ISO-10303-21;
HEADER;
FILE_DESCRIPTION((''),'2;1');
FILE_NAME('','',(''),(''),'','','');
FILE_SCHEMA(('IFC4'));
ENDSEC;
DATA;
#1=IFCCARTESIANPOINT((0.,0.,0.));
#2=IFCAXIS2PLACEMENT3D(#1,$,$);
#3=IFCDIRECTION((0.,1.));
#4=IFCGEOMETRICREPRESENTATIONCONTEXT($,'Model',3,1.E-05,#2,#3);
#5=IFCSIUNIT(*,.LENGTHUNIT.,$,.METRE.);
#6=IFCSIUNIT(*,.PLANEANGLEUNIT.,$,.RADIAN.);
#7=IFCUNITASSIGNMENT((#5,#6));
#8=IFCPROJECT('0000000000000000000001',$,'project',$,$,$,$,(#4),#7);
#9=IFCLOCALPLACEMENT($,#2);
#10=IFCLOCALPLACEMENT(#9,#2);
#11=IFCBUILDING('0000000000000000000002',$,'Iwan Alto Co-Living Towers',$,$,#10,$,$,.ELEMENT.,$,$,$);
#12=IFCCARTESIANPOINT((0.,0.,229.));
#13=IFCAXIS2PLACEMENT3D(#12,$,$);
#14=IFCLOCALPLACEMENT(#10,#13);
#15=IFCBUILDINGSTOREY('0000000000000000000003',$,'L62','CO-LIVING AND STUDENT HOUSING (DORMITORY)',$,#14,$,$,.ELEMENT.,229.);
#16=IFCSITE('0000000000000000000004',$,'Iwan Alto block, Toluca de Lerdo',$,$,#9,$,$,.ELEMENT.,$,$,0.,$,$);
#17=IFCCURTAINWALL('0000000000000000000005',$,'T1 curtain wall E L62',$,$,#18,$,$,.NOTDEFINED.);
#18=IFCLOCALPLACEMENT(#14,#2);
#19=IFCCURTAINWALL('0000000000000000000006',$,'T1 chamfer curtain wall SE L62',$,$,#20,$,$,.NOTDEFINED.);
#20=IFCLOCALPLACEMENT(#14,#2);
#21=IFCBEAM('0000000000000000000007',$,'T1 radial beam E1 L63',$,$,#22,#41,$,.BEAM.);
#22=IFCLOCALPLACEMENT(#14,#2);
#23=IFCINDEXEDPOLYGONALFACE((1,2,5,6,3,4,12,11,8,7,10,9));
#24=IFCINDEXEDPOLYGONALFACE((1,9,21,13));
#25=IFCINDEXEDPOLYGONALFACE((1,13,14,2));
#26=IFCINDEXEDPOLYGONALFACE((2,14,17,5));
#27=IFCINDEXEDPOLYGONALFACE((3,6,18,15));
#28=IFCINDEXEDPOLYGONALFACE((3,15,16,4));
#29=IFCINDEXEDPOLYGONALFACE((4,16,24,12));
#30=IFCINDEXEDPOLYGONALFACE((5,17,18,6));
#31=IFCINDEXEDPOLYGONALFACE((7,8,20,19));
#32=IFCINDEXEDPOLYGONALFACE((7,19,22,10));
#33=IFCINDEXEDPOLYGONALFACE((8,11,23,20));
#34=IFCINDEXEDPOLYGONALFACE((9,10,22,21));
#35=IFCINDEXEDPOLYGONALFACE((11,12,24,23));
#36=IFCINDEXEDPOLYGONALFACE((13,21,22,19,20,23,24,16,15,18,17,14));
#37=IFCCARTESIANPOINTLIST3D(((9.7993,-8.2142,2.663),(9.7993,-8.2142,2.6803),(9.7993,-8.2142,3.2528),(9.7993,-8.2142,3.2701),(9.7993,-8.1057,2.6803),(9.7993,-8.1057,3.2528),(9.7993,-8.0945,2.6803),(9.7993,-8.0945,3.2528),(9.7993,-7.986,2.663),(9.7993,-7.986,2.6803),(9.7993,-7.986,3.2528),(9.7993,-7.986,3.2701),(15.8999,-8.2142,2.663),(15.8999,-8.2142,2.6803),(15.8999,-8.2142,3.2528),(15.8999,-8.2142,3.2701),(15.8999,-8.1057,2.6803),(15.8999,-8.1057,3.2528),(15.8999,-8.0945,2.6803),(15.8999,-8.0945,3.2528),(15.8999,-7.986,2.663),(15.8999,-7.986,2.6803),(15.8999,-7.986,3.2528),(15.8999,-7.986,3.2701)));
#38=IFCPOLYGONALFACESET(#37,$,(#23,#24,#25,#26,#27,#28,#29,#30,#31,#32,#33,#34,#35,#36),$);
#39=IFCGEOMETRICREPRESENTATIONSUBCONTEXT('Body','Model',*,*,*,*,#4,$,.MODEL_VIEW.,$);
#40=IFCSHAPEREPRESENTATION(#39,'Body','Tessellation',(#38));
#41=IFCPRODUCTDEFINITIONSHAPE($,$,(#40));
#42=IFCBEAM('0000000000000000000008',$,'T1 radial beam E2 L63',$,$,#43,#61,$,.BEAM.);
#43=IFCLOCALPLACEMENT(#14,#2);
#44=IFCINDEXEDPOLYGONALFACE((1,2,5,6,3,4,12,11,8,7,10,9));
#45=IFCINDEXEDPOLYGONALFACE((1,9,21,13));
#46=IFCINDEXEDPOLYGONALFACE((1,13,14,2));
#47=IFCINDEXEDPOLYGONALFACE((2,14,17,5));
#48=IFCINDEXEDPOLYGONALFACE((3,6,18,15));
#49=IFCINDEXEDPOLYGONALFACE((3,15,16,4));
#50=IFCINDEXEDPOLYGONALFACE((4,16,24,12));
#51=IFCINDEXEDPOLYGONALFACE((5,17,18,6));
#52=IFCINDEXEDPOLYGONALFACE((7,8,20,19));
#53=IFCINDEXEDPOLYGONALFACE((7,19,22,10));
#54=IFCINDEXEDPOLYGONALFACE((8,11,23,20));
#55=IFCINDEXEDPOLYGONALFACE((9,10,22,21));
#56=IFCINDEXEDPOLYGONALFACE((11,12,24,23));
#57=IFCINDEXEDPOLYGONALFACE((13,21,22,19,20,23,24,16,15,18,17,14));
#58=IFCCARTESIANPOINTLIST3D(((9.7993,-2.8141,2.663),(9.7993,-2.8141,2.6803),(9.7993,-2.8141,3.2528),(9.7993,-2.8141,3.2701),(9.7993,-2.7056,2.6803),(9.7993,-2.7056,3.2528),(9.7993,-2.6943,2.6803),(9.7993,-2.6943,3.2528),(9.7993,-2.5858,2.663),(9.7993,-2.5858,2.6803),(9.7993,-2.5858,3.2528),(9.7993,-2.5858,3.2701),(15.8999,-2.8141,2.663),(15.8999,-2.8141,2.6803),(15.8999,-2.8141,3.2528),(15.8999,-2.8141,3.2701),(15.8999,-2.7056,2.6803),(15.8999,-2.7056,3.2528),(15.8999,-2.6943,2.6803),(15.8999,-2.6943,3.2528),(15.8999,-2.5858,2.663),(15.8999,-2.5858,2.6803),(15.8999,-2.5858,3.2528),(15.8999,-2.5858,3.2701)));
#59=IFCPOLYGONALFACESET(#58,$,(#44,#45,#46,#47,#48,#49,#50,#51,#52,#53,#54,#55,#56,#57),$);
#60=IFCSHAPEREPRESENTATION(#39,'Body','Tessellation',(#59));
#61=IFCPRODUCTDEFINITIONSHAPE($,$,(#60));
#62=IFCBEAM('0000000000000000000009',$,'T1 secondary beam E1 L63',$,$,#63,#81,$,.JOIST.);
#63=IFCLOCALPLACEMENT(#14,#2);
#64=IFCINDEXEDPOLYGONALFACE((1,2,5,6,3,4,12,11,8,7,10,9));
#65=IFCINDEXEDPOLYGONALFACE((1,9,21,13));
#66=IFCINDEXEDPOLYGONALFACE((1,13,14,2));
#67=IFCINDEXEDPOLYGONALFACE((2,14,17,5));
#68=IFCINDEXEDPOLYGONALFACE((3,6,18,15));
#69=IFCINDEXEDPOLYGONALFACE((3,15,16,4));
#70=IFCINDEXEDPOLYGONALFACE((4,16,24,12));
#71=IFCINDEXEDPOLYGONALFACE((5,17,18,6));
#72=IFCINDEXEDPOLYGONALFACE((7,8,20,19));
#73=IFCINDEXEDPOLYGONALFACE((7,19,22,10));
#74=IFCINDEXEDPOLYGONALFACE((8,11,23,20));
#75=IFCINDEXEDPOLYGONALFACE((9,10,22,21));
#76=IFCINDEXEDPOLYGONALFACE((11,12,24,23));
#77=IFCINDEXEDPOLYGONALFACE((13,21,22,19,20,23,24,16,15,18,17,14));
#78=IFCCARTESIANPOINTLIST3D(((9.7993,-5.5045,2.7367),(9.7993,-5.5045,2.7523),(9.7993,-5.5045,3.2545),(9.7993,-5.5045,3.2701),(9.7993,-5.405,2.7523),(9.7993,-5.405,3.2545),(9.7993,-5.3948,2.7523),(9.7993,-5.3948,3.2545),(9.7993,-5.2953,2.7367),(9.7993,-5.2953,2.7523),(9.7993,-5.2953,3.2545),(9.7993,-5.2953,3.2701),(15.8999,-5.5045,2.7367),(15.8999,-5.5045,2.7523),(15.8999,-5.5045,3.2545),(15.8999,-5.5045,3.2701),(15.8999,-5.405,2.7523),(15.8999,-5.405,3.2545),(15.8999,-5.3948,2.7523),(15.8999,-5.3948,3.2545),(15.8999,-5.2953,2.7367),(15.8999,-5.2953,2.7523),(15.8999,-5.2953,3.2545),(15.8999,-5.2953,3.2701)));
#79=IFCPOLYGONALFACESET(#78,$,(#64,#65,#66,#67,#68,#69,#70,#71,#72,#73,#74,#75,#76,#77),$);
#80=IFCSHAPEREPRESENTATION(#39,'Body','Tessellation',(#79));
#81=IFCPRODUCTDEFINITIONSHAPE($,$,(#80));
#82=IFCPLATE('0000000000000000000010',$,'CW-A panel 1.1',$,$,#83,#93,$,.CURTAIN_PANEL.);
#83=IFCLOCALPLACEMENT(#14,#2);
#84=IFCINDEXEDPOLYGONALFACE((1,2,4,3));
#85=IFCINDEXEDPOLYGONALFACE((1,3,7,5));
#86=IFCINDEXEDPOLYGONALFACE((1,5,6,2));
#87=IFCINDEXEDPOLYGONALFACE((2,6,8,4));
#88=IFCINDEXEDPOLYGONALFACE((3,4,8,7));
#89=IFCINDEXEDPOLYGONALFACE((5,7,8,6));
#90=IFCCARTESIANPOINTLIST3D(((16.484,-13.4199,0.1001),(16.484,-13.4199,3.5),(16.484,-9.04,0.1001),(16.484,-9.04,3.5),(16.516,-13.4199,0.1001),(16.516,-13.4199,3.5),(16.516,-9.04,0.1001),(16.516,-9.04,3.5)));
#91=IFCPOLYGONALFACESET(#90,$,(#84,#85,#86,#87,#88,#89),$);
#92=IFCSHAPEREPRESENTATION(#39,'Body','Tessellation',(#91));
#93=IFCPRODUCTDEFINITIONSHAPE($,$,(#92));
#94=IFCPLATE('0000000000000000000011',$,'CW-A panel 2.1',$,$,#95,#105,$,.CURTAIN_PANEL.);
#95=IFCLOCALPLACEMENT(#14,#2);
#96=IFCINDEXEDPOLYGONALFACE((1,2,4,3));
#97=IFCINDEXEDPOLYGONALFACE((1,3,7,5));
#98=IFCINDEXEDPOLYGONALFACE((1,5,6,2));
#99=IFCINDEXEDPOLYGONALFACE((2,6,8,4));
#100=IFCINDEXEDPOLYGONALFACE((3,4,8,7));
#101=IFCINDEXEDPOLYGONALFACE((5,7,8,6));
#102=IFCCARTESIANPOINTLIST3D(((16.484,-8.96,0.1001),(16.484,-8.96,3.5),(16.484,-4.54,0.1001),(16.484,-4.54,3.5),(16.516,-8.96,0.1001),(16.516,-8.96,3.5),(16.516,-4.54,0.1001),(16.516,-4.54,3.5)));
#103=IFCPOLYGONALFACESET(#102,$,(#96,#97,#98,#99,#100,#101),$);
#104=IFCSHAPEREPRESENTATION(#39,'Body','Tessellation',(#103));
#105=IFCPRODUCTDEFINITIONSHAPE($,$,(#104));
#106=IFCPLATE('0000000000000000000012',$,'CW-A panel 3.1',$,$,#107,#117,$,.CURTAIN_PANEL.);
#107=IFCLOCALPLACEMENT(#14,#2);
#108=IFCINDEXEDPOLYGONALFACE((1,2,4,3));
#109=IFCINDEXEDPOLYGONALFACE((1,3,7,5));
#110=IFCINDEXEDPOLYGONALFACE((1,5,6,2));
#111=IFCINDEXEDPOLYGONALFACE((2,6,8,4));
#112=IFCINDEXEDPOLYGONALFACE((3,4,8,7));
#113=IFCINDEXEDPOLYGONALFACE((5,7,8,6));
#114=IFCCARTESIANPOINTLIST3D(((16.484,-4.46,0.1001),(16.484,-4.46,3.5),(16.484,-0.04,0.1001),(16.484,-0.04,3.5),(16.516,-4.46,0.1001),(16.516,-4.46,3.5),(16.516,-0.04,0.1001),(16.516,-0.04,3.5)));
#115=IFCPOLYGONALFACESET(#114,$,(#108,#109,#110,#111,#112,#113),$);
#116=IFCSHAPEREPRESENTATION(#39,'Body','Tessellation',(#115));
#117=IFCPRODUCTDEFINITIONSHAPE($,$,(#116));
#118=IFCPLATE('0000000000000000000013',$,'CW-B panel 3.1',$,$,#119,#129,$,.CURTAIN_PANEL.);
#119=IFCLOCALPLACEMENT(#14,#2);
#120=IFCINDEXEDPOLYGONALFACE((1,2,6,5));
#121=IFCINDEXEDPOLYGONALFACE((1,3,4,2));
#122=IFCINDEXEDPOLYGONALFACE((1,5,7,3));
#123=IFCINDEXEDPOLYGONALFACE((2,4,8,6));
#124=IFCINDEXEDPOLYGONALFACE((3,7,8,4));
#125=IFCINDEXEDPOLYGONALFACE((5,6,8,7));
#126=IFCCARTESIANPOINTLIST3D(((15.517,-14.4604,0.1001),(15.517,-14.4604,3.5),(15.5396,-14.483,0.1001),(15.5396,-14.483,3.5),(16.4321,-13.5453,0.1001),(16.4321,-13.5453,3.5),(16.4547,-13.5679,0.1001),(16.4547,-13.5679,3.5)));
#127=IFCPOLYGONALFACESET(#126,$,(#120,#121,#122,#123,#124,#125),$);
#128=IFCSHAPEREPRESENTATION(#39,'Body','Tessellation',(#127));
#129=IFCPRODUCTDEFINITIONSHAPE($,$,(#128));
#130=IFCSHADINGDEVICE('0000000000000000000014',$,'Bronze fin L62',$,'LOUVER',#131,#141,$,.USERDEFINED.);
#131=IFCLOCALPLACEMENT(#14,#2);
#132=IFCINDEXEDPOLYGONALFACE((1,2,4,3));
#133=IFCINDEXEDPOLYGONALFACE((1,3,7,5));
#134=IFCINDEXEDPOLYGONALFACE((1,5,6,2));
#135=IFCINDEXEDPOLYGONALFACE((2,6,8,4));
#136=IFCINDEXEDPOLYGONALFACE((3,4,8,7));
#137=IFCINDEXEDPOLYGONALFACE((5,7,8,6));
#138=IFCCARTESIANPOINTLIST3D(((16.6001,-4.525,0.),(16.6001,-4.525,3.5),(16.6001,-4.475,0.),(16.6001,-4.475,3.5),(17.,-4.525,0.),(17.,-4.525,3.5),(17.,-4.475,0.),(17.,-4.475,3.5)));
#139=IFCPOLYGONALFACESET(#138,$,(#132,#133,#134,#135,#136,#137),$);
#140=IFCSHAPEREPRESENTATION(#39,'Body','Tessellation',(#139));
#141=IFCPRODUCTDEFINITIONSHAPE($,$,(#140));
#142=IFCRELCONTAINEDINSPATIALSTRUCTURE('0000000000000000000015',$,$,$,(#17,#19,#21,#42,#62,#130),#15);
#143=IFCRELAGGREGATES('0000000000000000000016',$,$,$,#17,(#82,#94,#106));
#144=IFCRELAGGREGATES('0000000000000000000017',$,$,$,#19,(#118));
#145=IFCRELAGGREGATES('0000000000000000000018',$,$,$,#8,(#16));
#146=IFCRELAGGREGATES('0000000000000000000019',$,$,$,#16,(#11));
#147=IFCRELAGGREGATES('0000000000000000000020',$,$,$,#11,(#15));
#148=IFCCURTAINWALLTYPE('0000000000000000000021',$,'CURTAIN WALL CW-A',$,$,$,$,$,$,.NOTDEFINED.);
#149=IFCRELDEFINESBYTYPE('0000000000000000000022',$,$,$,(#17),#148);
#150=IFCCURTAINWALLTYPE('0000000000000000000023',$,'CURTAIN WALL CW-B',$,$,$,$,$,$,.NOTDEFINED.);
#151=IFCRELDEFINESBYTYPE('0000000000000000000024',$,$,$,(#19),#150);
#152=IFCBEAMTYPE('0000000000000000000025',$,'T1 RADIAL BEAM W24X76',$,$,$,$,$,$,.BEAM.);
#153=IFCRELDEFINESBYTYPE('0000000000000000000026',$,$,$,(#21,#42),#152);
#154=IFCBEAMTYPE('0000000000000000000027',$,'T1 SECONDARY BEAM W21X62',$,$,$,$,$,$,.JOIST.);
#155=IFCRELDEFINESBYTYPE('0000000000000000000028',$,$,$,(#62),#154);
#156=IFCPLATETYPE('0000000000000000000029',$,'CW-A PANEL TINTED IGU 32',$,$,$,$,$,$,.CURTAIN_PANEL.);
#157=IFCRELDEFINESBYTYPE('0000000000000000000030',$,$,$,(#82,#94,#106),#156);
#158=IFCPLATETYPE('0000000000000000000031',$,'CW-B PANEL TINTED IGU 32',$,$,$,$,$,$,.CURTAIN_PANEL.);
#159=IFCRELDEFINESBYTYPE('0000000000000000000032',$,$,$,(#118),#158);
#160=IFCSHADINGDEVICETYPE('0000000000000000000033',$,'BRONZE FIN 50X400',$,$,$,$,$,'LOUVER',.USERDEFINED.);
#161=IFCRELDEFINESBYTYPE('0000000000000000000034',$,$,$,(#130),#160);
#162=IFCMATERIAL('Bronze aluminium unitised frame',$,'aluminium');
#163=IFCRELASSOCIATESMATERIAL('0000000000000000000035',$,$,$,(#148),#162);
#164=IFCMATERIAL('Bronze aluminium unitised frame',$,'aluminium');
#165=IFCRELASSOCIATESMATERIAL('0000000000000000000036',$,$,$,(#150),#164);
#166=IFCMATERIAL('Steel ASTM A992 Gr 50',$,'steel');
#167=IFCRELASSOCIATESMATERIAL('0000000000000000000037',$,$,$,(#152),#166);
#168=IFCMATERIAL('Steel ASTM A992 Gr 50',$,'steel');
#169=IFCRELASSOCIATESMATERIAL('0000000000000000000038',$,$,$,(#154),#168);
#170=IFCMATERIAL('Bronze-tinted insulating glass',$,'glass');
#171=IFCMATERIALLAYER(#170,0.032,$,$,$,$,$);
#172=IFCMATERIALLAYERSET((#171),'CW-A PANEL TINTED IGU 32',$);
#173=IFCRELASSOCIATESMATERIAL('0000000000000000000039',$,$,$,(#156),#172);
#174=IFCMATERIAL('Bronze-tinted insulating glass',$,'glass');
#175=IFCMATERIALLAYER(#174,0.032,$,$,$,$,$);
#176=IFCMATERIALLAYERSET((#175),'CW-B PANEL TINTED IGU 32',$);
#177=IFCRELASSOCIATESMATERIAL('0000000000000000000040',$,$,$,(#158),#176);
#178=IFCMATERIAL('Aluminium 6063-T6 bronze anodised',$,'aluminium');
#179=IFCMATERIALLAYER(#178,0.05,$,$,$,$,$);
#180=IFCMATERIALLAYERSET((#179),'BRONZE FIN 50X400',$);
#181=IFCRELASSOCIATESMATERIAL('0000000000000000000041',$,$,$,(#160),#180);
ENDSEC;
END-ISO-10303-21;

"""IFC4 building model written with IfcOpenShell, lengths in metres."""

from ifc_helpers import new_model, si_unit, direction, frame, origin, origin_2d, place, context, subcontext, project, spatial, rectangle, i_section, extrude, material, layer, layer_set, material_profile, profile_set, type_object, element, aggregate, save


model = new_model("IFC4")

# Units and contexts
model_context = context("Model", 3, precision=1e-05, world=origin(), true_north=direction((0.0, 1.0)))
body_context = subcontext(model_context, "Body", "Model", "MODEL_VIEW")
ifc_project = project(units=[si_unit("LENGTHUNIT", "METRE"), si_unit("PLANEANGLEUNIT", "RADIAN")], contexts=[model_context])

# Site, building, storey
site_placement = place(None, origin())
site = spatial("IfcSite", under=ifc_project, at=site_placement, Name="Iwan Alto block, Toluca de Lerdo", CompositionType="ELEMENT", RefElevation=0.0)
building_placement = place(site_placement, origin())
building = spatial("IfcBuilding", under=site, at=building_placement, Name="Iwan Alto Co-Living Towers", CompositionType="ELEMENT")
storey_placement = place(building_placement, frame((0.0, 0.0, 229.0)))
storey = spatial("IfcBuildingStorey", under=building, at=storey_placement, Name="L62", Description="CO-LIVING AND STUDENT HOUSING (DORMITORY)", CompositionType="ELEMENT", Elevation=229.0)

# Curtain wall
ifc_material_1 = material(Name="Bronze aluminium unitised frame", Category="aluminium")
curtain_wall_type_1 = type_object("IfcCurtainWallType", Name="CURTAIN WALL CW-A", PredefinedType="NOTDEFINED", material=ifc_material_1)
curtain_wall_1_placement = place(storey_placement, origin())
curtain_wall_1 = element("IfcCurtainWall", 1, at=curtain_wall_1_placement, inside=storey, type_object=curtain_wall_type_1, Name="T1 curtain wall E L62", PredefinedType="NOTDEFINED")

# Curtain wall
ifc_material_2 = material(Name="Bronze aluminium unitised frame", Category="aluminium")
curtain_wall_type_2 = type_object("IfcCurtainWallType", Name="CURTAIN WALL CW-B", PredefinedType="NOTDEFINED", material=ifc_material_2)
curtain_wall_2_placement = place(storey_placement, origin())
curtain_wall_2 = element("IfcCurtainWall", 2, at=curtain_wall_2_placement, inside=storey, type_object=curtain_wall_type_2, Name="T1 chamfer curtain wall SE L62", PredefinedType="NOTDEFINED")

# Beams
ifc_material_3 = material(Name="Steel ASTM A992 Gr 50", Category="steel")
ifc_material_profile_1 = material_profile(ifc_material_3, i_section(OverallWidth=0.2283, OverallDepth=0.6072, WebThickness=0.0112, FlangeThickness=0.0173, at=origin_2d()), Name="W24X76")
ifc_profile_set_1 = profile_set([ifc_material_profile_1], Name="Steel ASTM A992 Gr 50")
beam_type_1 = type_object("IfcBeamType", Name="T1 RADIAL BEAM W24X76", PredefinedType="BEAM", material=ifc_profile_set_1)
for number, where, z_axis, x_axis, name in (
    (3, (15.8999, -8.1001, 2.9666), (-1.0, 0.0, 0.0), (0.0, -1.0, 0.0), "T1 radial beam E1 L63"),
    (4, (15.8999, -2.7, 2.9666), (-1.0, 0.0, 0.0), (0.0, -1.0, 0.0), "T1 radial beam E2 L63"),
):
    element("IfcBeam", number, at=place(storey_placement, frame(where, z_axis=z_axis, x_axis=x_axis)), inside=storey, type_object=beam_type_1, Name=name, PredefinedType="BEAM", context=body_context, shape_type="SweptSolid", body=[
        extrude(i_section(OverallWidth=0.2283, OverallDepth=0.6072, WebThickness=0.0112, FlangeThickness=0.0173, at=origin_2d()), origin(), (0.0, 0.0, 1.0), 6.1006),
    ])
ifc_material_4 = material(Name="Steel ASTM A992 Gr 50", Category="steel")
ifc_material_profile_2 = material_profile(ifc_material_4, i_section(OverallWidth=0.2092, OverallDepth=0.5334, WebThickness=0.0103, FlangeThickness=0.0156, at=origin_2d()), Name="W21X62")
ifc_profile_set_2 = profile_set([ifc_material_profile_2], Name="Steel ASTM A992 Gr 50")
beam_type_2 = type_object("IfcBeamType", Name="T1 SECONDARY BEAM W21X62", PredefinedType="JOIST", material=ifc_profile_set_2)
beam_1_placement = place(storey_placement, frame((15.8999, -5.3999, 3.0034), z_axis=(-1.0, 0.0, 0.0), x_axis=(0.0, -1.0, 0.0)))
element("IfcBeam", 5, at=beam_1_placement, inside=storey, type_object=beam_type_2, Name="T1 secondary beam E1 L63", PredefinedType="JOIST", context=body_context, shape_type="SweptSolid", body=[
    extrude(i_section(OverallWidth=0.2092, OverallDepth=0.5334, WebThickness=0.0103, FlangeThickness=0.0156, at=origin_2d()), origin(), (0.0, 0.0, 1.0), 6.1006),
])

# Plates
ifc_material_5 = material(Name="Bronze-tinted insulating glass", Category="glass")
ifc_layer_1 = layer(ifc_material_5, 0.032)
ifc_layer_set_1 = layer_set([ifc_layer_1], Name="CW-A PANEL TINTED IGU 32")
plate_type_1 = type_object("IfcPlateType", Name="CW-A PANEL TINTED IGU 32", PredefinedType="CURTAIN_PANEL", material=ifc_layer_set_1)
plate_1_placement = place(storey_placement, frame((16.5, -11.23, 0.1001), z_axis=(0.0, 0.0, 1.0), x_axis=(0.0, 1.0, 0.0)))
plate_1 = element("IfcPlate", 6, at=plate_1_placement, type_object=plate_type_1, Name="CW-A panel 1.1", PredefinedType="CURTAIN_PANEL", context=body_context, shape_type="SweptSolid", body=[
    extrude(rectangle(XDim=4.3799, YDim=0.032, at=origin_2d()), origin(), (0.0, 0.0, 1.0), 3.3999),
])
plate_2_placement = place(storey_placement, frame((16.5, -6.75, 0.1001), z_axis=(0.0, 0.0, 1.0), x_axis=(0.0, 1.0, 0.0)))
plate_2 = element("IfcPlate", 7, at=plate_2_placement, type_object=plate_type_1, Name="CW-A panel 2.1", PredefinedType="CURTAIN_PANEL", context=body_context, shape_type="SweptSolid", body=[
    extrude(rectangle(XDim=4.4199, YDim=0.032, at=origin_2d()), origin(), (0.0, 0.0, 1.0), 3.3999),
])
plate_3_placement = place(storey_placement, frame((16.5, -2.25, 0.1001), z_axis=(0.0, 0.0, 1.0), x_axis=(0.0, 1.0, 0.0)))
plate_3 = element("IfcPlate", 8, at=plate_3_placement, type_object=plate_type_1, Name="CW-A panel 3.1", PredefinedType="CURTAIN_PANEL", context=body_context, shape_type="SweptSolid", body=[
    extrude(rectangle(XDim=4.4199, YDim=0.032, at=origin_2d()), origin(), (0.0, 0.0, 1.0), 3.3999),
])
aggregate(curtain_wall_1, [plate_1, plate_2, plate_3])
ifc_material_6 = material(Name="Bronze-tinted insulating glass", Category="glass")
ifc_layer_2 = layer(ifc_material_6, 0.032)
ifc_layer_set_2 = layer_set([ifc_layer_2], Name="CW-B PANEL TINTED IGU 32")
plate_type_2 = type_object("IfcPlateType", Name="CW-B PANEL TINTED IGU 32", PredefinedType="CURTAIN_PANEL", material=ifc_layer_set_2)
plate_4_placement = place(storey_placement, frame((15.9858, -14.0142, 0.1001), z_axis=(0.0, 0.0, 1.0), x_axis=(0.707107, 0.707107, 0.0)))
plate_4 = element("IfcPlate", 9, at=plate_4_placement, type_object=plate_type_2, Name="CW-B panel 3.1", PredefinedType="CURTAIN_PANEL", context=body_context, shape_type="SweptSolid", body=[
    extrude(rectangle(XDim=1.2942, YDim=0.032, at=origin_2d()), origin(), (0.0, 0.0, 1.0), 3.3999),
])
aggregate(curtain_wall_2, [plate_4])

# Shading device
ifc_material_7 = material(Name="Aluminium 6063-T6 bronze anodised", Category="aluminium")
ifc_layer_3 = layer(ifc_material_7, 0.05)
ifc_layer_set_3 = layer_set([ifc_layer_3], Name="BRONZE FIN 50X400")
shading_device_type = type_object("IfcShadingDeviceType", Name="BRONZE FIN 50X400", ElementType="LOUVER", PredefinedType="USERDEFINED", material=ifc_layer_set_3)
shading_device_placement = place(storey_placement, frame((16.8, -4.5, 0.0), z_axis=(0.0, 0.0, 1.0), x_axis=(0.0, 1.0, 0.0)))
element("IfcShadingDevice", 10, at=shading_device_placement, inside=storey, type_object=shading_device_type, Name="Bronze fin L62", ObjectType="LOUVER", PredefinedType="USERDEFINED", context=body_context, shape_type="SweptSolid", body=[
    extrude(rectangle(XDim=0.05, YDim=0.3999, at=origin_2d()), origin(), (0.0, 0.0, 1.0), 3.5),
])

save(model, "model.ifc")
